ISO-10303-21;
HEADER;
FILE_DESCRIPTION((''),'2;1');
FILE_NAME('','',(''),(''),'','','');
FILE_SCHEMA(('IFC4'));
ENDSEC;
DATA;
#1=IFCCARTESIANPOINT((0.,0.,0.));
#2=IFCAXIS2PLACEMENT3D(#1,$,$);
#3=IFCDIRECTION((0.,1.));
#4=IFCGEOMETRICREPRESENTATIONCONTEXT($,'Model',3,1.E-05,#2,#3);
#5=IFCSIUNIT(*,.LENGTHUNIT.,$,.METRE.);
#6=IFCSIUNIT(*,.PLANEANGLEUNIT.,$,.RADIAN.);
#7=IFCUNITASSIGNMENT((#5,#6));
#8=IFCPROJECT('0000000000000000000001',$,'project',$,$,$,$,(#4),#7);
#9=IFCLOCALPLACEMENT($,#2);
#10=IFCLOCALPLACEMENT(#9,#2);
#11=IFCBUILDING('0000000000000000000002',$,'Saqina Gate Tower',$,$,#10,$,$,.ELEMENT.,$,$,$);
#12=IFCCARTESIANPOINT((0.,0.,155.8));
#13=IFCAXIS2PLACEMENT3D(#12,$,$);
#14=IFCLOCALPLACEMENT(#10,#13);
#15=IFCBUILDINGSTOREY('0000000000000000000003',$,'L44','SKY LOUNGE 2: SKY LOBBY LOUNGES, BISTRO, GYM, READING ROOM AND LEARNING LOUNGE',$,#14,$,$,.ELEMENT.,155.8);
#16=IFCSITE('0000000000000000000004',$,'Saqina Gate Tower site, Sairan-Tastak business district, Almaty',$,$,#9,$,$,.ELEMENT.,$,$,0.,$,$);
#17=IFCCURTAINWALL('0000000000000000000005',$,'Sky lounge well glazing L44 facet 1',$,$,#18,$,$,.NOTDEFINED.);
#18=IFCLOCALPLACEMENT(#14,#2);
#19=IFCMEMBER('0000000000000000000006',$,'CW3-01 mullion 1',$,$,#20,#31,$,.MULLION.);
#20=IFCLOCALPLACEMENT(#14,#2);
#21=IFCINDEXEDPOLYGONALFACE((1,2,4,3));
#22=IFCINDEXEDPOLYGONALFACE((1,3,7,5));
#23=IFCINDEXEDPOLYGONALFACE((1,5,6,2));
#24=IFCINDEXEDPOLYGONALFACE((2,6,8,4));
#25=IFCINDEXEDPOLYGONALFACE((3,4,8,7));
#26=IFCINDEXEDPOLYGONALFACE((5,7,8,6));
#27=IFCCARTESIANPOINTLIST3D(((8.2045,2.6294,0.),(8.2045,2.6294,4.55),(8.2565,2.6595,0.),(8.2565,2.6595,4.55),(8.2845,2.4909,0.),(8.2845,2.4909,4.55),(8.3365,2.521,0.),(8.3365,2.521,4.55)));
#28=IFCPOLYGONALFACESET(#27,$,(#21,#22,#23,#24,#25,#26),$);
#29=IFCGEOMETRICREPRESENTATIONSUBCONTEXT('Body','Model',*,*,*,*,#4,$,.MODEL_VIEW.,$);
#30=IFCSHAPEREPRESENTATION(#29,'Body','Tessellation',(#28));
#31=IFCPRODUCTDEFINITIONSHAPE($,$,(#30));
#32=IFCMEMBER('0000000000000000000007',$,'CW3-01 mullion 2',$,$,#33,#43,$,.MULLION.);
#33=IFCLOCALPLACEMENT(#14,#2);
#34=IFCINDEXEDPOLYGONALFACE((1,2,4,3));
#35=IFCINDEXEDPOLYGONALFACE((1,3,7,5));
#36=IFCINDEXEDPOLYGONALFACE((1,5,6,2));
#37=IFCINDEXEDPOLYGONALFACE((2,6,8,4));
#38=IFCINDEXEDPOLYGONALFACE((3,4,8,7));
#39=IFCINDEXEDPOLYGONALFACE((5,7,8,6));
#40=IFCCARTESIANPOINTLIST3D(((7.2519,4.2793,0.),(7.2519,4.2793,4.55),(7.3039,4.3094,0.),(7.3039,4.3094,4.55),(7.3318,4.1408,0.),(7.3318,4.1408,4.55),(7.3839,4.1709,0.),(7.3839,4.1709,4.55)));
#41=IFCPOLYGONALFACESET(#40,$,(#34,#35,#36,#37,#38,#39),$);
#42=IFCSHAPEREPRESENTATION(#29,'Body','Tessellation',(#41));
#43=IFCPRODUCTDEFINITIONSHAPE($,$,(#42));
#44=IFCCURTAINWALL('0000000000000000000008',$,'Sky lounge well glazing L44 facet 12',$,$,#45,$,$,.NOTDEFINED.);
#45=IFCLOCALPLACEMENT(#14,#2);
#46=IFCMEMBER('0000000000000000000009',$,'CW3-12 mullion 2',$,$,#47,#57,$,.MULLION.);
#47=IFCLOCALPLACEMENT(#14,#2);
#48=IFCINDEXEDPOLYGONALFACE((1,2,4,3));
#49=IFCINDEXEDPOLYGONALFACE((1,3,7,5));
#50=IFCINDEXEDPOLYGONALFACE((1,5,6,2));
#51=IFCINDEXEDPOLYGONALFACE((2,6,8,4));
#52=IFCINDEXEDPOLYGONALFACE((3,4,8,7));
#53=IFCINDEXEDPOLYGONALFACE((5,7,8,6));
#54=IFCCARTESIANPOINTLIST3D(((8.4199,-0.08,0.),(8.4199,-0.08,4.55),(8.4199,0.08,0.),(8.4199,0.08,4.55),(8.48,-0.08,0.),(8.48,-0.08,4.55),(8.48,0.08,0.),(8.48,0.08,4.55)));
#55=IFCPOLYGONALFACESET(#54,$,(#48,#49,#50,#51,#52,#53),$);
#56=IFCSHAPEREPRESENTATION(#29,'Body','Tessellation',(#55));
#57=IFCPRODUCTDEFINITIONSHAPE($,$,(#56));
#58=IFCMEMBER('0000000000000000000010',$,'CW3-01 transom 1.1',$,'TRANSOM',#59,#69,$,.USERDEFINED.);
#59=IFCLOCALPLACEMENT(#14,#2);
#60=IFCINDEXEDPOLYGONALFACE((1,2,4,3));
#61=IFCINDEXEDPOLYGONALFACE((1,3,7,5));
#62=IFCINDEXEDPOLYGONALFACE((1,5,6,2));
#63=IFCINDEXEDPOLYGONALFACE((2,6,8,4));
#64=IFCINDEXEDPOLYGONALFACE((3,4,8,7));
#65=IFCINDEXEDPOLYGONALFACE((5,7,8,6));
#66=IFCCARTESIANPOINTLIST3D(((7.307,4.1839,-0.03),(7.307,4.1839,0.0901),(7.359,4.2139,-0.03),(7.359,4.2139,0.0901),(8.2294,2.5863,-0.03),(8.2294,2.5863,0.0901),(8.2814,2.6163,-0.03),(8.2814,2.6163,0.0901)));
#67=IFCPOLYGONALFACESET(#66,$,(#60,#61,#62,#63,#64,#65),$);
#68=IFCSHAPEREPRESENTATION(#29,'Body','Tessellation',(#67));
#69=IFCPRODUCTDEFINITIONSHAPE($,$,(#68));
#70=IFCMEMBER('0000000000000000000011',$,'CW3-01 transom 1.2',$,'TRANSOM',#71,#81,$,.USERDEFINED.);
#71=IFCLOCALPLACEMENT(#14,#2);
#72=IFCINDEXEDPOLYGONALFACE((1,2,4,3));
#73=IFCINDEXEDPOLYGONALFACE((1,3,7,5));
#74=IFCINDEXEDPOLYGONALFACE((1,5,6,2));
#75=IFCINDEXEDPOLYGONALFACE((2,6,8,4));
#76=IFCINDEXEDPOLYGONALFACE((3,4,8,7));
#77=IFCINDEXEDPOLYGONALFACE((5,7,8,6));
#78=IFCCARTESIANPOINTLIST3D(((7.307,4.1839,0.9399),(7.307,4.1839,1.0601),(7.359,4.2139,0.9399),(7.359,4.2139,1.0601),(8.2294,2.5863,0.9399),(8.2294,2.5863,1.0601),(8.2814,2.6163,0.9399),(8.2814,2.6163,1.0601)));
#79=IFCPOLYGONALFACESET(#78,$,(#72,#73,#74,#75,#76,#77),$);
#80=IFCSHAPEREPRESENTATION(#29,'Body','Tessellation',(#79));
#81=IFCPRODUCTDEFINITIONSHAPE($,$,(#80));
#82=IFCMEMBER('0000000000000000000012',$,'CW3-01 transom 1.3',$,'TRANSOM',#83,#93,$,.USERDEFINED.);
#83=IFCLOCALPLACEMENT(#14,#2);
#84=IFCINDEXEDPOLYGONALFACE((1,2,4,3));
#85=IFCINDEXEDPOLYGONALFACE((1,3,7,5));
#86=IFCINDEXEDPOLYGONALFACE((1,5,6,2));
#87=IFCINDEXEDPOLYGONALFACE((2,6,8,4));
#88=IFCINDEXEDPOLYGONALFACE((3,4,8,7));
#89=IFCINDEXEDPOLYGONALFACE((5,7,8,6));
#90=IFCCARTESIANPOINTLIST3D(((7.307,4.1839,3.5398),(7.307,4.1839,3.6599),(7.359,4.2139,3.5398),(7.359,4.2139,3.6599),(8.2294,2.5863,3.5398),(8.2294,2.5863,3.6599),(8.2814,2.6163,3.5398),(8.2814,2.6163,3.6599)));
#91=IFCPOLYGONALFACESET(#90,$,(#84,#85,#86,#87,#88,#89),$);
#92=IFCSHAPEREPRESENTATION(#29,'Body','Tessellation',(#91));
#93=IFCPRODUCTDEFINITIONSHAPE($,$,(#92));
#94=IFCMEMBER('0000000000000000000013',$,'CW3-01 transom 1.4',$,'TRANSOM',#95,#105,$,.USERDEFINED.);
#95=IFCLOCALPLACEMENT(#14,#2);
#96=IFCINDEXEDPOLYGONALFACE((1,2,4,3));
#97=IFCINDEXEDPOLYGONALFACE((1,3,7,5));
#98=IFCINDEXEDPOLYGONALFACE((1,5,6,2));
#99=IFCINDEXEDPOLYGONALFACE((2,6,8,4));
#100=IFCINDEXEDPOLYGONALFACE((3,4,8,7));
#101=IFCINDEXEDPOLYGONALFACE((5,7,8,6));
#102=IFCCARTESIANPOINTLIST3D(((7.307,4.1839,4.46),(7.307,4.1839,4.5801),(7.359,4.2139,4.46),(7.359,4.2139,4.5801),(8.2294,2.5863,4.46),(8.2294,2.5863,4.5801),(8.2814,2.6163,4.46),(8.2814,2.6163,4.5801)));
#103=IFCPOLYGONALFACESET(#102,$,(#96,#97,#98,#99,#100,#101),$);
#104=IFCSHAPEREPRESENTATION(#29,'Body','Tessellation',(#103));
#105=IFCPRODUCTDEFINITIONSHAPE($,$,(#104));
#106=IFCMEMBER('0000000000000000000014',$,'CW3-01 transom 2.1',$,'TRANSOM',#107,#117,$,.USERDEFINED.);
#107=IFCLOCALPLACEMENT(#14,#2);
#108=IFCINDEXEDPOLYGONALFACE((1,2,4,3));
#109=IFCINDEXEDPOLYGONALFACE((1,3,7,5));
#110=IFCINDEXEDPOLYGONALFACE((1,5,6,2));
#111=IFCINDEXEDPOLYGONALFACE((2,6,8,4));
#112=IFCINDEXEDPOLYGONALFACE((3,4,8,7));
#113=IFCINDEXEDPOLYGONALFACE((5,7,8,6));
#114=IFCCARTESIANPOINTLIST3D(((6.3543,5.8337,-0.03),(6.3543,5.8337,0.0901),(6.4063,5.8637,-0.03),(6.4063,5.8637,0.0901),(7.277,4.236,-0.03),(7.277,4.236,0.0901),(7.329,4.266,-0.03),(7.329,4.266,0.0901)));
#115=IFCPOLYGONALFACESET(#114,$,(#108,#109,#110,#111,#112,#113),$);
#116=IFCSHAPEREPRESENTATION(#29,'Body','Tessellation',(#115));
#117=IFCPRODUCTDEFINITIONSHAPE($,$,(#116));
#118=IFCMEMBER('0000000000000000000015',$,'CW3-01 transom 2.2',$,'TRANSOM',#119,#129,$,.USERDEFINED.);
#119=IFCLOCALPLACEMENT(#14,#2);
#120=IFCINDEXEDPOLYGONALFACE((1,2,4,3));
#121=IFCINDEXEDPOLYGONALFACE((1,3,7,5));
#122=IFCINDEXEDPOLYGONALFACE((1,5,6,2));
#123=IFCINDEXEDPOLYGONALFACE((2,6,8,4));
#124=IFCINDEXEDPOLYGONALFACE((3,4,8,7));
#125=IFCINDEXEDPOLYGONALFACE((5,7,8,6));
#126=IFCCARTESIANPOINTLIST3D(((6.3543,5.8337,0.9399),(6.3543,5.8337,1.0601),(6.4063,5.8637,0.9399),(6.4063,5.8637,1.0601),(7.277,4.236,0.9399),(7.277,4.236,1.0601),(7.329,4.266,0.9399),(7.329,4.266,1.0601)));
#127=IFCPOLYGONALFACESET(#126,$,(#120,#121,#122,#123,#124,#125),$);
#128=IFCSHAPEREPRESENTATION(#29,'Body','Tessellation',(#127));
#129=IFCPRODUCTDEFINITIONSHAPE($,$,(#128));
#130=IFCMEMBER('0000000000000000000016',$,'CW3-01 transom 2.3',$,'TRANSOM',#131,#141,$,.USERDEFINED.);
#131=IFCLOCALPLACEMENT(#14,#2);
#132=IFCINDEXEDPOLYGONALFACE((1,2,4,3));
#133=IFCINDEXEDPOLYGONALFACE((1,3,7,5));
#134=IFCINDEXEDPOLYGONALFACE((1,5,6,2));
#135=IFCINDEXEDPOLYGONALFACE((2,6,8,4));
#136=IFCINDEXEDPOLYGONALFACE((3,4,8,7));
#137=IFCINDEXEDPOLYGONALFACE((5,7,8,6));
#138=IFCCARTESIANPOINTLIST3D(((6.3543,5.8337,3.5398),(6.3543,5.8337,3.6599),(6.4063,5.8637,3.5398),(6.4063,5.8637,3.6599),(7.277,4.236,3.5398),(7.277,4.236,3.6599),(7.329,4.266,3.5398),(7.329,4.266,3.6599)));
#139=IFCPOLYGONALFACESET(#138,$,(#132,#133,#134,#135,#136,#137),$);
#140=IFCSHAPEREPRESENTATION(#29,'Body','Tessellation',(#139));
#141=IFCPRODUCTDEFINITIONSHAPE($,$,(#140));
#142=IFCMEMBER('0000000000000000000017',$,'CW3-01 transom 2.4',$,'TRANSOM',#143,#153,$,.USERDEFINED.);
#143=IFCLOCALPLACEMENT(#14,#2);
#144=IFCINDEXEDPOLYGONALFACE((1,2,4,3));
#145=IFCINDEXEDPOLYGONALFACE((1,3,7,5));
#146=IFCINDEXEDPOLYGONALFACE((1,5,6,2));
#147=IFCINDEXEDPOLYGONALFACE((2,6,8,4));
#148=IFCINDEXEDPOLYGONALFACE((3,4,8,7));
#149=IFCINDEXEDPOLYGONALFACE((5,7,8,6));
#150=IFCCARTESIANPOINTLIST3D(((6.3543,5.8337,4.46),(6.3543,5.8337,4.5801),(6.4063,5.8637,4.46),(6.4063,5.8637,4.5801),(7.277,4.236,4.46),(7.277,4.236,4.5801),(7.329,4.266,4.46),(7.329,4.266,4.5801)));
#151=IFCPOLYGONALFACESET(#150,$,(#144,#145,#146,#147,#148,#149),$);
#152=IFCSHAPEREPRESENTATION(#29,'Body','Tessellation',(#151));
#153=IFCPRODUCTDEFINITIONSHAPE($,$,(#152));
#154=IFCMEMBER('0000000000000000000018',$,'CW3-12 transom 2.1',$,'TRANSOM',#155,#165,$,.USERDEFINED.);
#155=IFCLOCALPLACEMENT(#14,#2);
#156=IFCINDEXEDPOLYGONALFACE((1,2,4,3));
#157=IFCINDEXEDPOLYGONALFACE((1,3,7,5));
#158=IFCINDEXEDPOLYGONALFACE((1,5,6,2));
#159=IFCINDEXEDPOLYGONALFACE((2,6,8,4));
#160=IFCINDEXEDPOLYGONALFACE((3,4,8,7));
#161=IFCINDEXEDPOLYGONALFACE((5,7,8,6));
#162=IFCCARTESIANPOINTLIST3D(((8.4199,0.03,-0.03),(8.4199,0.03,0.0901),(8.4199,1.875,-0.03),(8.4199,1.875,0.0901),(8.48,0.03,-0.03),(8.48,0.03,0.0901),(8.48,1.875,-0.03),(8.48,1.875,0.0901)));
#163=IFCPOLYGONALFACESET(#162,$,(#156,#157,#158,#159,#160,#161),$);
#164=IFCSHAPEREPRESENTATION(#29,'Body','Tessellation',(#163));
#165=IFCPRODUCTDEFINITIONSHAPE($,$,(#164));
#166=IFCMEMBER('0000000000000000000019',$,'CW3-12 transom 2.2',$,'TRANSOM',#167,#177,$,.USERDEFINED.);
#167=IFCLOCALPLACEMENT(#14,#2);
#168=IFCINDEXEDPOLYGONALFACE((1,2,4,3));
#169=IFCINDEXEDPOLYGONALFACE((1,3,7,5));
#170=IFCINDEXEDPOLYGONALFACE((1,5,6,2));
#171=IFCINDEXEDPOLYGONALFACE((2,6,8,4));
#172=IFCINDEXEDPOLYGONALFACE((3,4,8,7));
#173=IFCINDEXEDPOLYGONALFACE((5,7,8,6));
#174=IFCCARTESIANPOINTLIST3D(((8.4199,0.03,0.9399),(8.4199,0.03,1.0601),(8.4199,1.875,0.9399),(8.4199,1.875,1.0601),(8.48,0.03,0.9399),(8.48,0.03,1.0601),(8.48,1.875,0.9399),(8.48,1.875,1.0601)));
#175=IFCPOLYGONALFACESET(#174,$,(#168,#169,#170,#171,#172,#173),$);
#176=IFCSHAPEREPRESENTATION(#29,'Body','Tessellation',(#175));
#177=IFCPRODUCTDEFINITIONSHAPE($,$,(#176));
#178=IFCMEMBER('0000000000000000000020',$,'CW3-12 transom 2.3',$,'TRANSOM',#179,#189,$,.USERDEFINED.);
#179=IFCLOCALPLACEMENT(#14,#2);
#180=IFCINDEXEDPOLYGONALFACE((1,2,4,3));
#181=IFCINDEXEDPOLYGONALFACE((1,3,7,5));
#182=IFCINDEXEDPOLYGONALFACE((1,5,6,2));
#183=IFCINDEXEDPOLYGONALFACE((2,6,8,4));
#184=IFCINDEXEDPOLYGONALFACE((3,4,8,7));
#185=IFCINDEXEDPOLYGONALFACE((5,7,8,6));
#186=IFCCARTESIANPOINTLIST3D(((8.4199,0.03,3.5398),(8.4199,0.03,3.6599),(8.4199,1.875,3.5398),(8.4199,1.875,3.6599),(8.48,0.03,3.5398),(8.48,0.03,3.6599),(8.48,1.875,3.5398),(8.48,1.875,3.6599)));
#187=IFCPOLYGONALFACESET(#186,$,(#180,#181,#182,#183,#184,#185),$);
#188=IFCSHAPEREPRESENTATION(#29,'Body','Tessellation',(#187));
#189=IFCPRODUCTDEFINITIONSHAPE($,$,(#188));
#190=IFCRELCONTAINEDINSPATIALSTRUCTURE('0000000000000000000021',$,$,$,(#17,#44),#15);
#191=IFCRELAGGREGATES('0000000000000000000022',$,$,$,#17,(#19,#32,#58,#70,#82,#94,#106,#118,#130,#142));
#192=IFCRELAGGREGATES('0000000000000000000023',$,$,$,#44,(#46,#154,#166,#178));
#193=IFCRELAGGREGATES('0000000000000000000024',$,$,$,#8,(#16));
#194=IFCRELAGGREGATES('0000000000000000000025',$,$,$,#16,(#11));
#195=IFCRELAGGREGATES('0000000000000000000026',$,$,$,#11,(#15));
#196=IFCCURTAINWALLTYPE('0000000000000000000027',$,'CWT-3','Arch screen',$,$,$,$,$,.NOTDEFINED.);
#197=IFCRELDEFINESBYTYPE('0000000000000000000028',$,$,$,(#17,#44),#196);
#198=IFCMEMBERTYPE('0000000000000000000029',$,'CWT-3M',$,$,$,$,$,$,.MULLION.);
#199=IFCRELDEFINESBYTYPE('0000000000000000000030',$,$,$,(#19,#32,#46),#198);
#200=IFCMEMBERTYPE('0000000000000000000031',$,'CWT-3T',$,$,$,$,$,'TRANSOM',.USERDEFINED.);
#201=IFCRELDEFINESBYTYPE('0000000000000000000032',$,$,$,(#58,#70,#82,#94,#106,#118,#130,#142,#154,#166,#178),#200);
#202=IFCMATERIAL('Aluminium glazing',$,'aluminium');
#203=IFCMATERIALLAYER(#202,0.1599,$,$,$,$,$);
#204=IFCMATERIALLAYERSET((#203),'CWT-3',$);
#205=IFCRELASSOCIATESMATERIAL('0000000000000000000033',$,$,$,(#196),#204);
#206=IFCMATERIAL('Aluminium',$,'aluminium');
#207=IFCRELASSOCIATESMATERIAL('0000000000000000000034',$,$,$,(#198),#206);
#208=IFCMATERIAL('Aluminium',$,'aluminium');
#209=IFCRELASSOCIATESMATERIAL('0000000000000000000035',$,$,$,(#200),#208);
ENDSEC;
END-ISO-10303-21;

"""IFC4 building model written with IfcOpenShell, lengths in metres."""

from ifc_helpers import new_model, si_unit, direction, frame, origin, origin_2d, place, context, subcontext, project, spatial, rectangle, extrude, material, layer, layer_set, material_profile, profile_set, type_object, element, aggregate, save


model = new_model("IFC4")

# Units and contexts
model_context = context("Model", 3, precision=1e-05, world=origin(), true_north=direction((0.0, 1.0)))
body_context = subcontext(model_context, "Body", "Model", "MODEL_VIEW")
ifc_project = project(units=[si_unit("LENGTHUNIT", "METRE"), si_unit("PLANEANGLEUNIT", "RADIAN")], contexts=[model_context])

# Site, building, storey
site_placement = place(None, origin())
site = spatial("IfcSite", under=ifc_project, at=site_placement, Name="Saqina Gate Tower site, Sairan-Tastak business district, Almaty", CompositionType="ELEMENT", RefElevation=0.0)
building_placement = place(site_placement, origin())
building = spatial("IfcBuilding", under=site, at=building_placement, Name="Saqina Gate Tower", CompositionType="ELEMENT")
storey_placement = place(building_placement, frame((0.0, 0.0, 155.8)))
storey = spatial("IfcBuildingStorey", under=building, at=storey_placement, Name="L44", Description="SKY LOUNGE 2: SKY LOBBY LOUNGES, BISTRO, GYM, READING ROOM AND LEARNING LOUNGE", CompositionType="ELEMENT", Elevation=155.8)

# Curtain wall, members
ifc_material_1 = material(Name="Aluminium glazing", Category="aluminium")
ifc_layer_1 = layer(ifc_material_1, 0.1599)
ifc_layer_set_1 = layer_set([ifc_layer_1], Name="CWT-3")
curtain_wall_type = type_object("IfcCurtainWallType", Name="CWT-3", Description="Arch screen", PredefinedType="NOTDEFINED", material=ifc_layer_set_1)
curtain_wall_1_placement = place(storey_placement, origin())
curtain_wall_1 = element("IfcCurtainWall", 1, at=curtain_wall_1_placement, inside=storey, type_object=curtain_wall_type, Name="Sky lounge well glazing L44 facet 1", PredefinedType="NOTDEFINED")
ifc_material_2 = material(Name="Aluminium", Category="aluminium")
ifc_material_profile_1 = material_profile(ifc_material_2, rectangle(XDim=0.0601, YDim=0.1599, at=origin_2d()), Name="Aluminium 60x160")
ifc_profile_set_1 = profile_set([ifc_material_profile_1], Name="Aluminium")
member_type_1 = type_object("IfcMemberType", Name="CWT-3M", PredefinedType="MULLION", material=ifc_profile_set_1)
member_1_placement = place(storey_placement, frame((8.2705, 2.5752, 0.0), z_axis=(0.0, 0.0, 1.0), x_axis=(-0.866018, -0.500013, 0.0)))
member_1 = element("IfcMember", 2, at=member_1_placement, type_object=member_type_1, Name="CW3-01 mullion 1", PredefinedType="MULLION", context=body_context, shape_type="SweptSolid", body=[
    extrude(rectangle(XDim=0.0601, YDim=0.1599, at=origin_2d()), origin(), (0.0, 0.0, 1.0), 4.55),
])
member_2_placement = place(storey_placement, frame((7.3179, 4.2251, 0.0), z_axis=(0.0, 0.0, 1.0), x_axis=(-0.866018, -0.500013, 0.0)))
member_2 = element("IfcMember", 3, at=member_2_placement, type_object=member_type_1, Name="CW3-01 mullion 2", PredefinedType="MULLION", context=body_context, shape_type="SweptSolid", body=[
    extrude(rectangle(XDim=0.0601, YDim=0.1599, at=origin_2d()), origin(), (0.0, 0.0, 1.0), 4.55),
])

# Curtain wall, member
curtain_wall_2_placement = place(storey_placement, origin())
curtain_wall_2 = element("IfcCurtainWall", 4, at=curtain_wall_2_placement, inside=storey, type_object=curtain_wall_type, Name="Sky lounge well glazing L44 facet 12", PredefinedType="NOTDEFINED")
member_3_placement = place(storey_placement, frame((8.45, 0.0, 0.0), z_axis=(0.0, 0.0, 1.0), x_axis=(-1.0, 0.0, 0.0)))
member_3 = element("IfcMember", 5, at=member_3_placement, type_object=member_type_1, Name="CW3-12 mullion 2", PredefinedType="MULLION", context=body_context, shape_type="SweptSolid", body=[
    extrude(rectangle(XDim=0.0601, YDim=0.1599, at=origin_2d()), origin(), (0.0, 0.0, 1.0), 4.55),
])

# Members
ifc_material_3 = material(Name="Aluminium", Category="aluminium")
ifc_material_profile_2 = material_profile(ifc_material_3, rectangle(XDim=0.0601, YDim=0.1201, at=origin_2d()), Name="Aluminium 60x120")
ifc_profile_set_2 = profile_set([ifc_material_profile_2], Name="Aluminium")
member_type_2 = type_object("IfcMemberType", Name="CWT-3T", ElementType="TRANSOM", PredefinedType="USERDEFINED", material=ifc_profile_set_2)
member_4_placement = place(storey_placement, frame((8.2554, 2.6013, 0.03), z_axis=(-0.499982, 0.866036, 0.0), x_axis=(-0.866036, -0.499982, 0.0)))
member_4 = element("IfcMember", 6, at=member_4_placement, type_object=member_type_2, Name="CW3-01 transom 1.1", ObjectType="TRANSOM", PredefinedType="USERDEFINED", context=body_context, shape_type="SweptSolid", body=[
    extrude(rectangle(XDim=0.0601, YDim=0.1201, at=origin_2d()), origin(), (0.0, 0.0, 1.0), 1.8447),
])
member_5_placement = place(storey_placement, frame((8.2554, 2.6013, 1.0), z_axis=(-0.499982, 0.866036, 0.0), x_axis=(-0.866036, -0.499982, 0.0)))
member_5 = element("IfcMember", 7, at=member_5_placement, type_object=member_type_2, Name="CW3-01 transom 1.2", ObjectType="TRANSOM", PredefinedType="USERDEFINED", context=body_context, shape_type="SweptSolid", body=[
    extrude(rectangle(XDim=0.0601, YDim=0.1201, at=origin_2d()), origin(), (0.0, 0.0, 1.0), 1.8447),
])
member_6_placement = place(storey_placement, frame((8.2554, 2.6013, 3.5999), z_axis=(-0.499982, 0.866036, 0.0), x_axis=(-0.866036, -0.499982, 0.0)))
member_6 = element("IfcMember", 8, at=member_6_placement, type_object=member_type_2, Name="CW3-01 transom 1.3", ObjectType="TRANSOM", PredefinedType="USERDEFINED", context=body_context, shape_type="SweptSolid", body=[
    extrude(rectangle(XDim=0.0601, YDim=0.1201, at=origin_2d()), origin(), (0.0, 0.0, 1.0), 1.8447),
])
member_7_placement = place(storey_placement, frame((8.2554, 2.6013, 4.52), z_axis=(-0.499982, 0.866036, 0.0), x_axis=(-0.866036, -0.499982, 0.0)))
member_7 = element("IfcMember", 9, at=member_7_placement, type_object=member_type_2, Name="CW3-01 transom 1.4", ObjectType="TRANSOM", PredefinedType="USERDEFINED", context=body_context, shape_type="SweptSolid", body=[
    extrude(rectangle(XDim=0.0601, YDim=0.1201, at=origin_2d()), origin(), (0.0, 0.0, 1.0), 1.8447),
])
member_8_placement = place(storey_placement, frame((7.303, 4.251, 0.03), z_axis=(-0.500081, 0.865978, 0.0), x_axis=(-0.865978, -0.500081, 0.0)))
member_8 = element("IfcMember", 10, at=member_8_placement, type_object=member_type_2, Name="CW3-01 transom 2.1", ObjectType="TRANSOM", PredefinedType="USERDEFINED", context=body_context, shape_type="SweptSolid", body=[
    extrude(rectangle(XDim=0.0601, YDim=0.1201, at=origin_2d()), origin(), (0.0, 0.0, 1.0), 1.845),
])
member_9_placement = place(storey_placement, frame((7.303, 4.251, 1.0), z_axis=(-0.500081, 0.865978, 0.0), x_axis=(-0.865978, -0.500081, 0.0)))
member_9 = element("IfcMember", 11, at=member_9_placement, type_object=member_type_2, Name="CW3-01 transom 2.2", ObjectType="TRANSOM", PredefinedType="USERDEFINED", context=body_context, shape_type="SweptSolid", body=[
    extrude(rectangle(XDim=0.0601, YDim=0.1201, at=origin_2d()), origin(), (0.0, 0.0, 1.0), 1.845),
])
member_10_placement = place(storey_placement, frame((7.303, 4.251, 3.5999), z_axis=(-0.500081, 0.865978, 0.0), x_axis=(-0.865978, -0.500081, 0.0)))
member_10 = element("IfcMember", 12, at=member_10_placement, type_object=member_type_2, Name="CW3-01 transom 2.3", ObjectType="TRANSOM", PredefinedType="USERDEFINED", context=body_context, shape_type="SweptSolid", body=[
    extrude(rectangle(XDim=0.0601, YDim=0.1201, at=origin_2d()), origin(), (0.0, 0.0, 1.0), 1.845),
])
member_11_placement = place(storey_placement, frame((7.303, 4.251, 4.52), z_axis=(-0.500081, 0.865978, 0.0), x_axis=(-0.865978, -0.500081, 0.0)))
member_11 = element("IfcMember", 13, at=member_11_placement, type_object=member_type_2, Name="CW3-01 transom 2.4", ObjectType="TRANSOM", PredefinedType="USERDEFINED", context=body_context, shape_type="SweptSolid", body=[
    extrude(rectangle(XDim=0.0601, YDim=0.1201, at=origin_2d()), origin(), (0.0, 0.0, 1.0), 1.845),
])
member_12_placement = place(storey_placement, frame((8.45, 0.03, 0.03), z_axis=(0.0, 1.0, 0.0), x_axis=(-1.0, 0.0, 0.0)))
member_12 = element("IfcMember", 14, at=member_12_placement, type_object=member_type_2, Name="CW3-12 transom 2.1", ObjectType="TRANSOM", PredefinedType="USERDEFINED", context=body_context, shape_type="SweptSolid", body=[
    extrude(rectangle(XDim=0.0601, YDim=0.1201, at=origin_2d()), origin(), (0.0, 0.0, 1.0), 1.845),
])
member_13_placement = place(storey_placement, frame((8.45, 0.03, 1.0), z_axis=(0.0, 1.0, 0.0), x_axis=(-1.0, 0.0, 0.0)))
member_13 = element("IfcMember", 15, at=member_13_placement, type_object=member_type_2, Name="CW3-12 transom 2.2", ObjectType="TRANSOM", PredefinedType="USERDEFINED", context=body_context, shape_type="SweptSolid", body=[
    extrude(rectangle(XDim=0.0601, YDim=0.1201, at=origin_2d()), origin(), (0.0, 0.0, 1.0), 1.845),
])
member_14_placement = place(storey_placement, frame((8.45, 0.03, 3.5999), z_axis=(0.0, 1.0, 0.0), x_axis=(-1.0, 0.0, 0.0)))
member_14 = element("IfcMember", 16, at=member_14_placement, type_object=member_type_2, Name="CW3-12 transom 2.3", ObjectType="TRANSOM", PredefinedType="USERDEFINED", context=body_context, shape_type="SweptSolid", body=[
    extrude(rectangle(XDim=0.0601, YDim=0.1201, at=origin_2d()), origin(), (0.0, 0.0, 1.0), 1.845),
])

aggregate(curtain_wall_1, [member_1, member_2, member_4, member_5, member_6, member_7, member_8, member_9, member_10, member_11])
aggregate(curtain_wall_2, [member_3, member_12, member_13, member_14])

save(model, "model.ifc")
